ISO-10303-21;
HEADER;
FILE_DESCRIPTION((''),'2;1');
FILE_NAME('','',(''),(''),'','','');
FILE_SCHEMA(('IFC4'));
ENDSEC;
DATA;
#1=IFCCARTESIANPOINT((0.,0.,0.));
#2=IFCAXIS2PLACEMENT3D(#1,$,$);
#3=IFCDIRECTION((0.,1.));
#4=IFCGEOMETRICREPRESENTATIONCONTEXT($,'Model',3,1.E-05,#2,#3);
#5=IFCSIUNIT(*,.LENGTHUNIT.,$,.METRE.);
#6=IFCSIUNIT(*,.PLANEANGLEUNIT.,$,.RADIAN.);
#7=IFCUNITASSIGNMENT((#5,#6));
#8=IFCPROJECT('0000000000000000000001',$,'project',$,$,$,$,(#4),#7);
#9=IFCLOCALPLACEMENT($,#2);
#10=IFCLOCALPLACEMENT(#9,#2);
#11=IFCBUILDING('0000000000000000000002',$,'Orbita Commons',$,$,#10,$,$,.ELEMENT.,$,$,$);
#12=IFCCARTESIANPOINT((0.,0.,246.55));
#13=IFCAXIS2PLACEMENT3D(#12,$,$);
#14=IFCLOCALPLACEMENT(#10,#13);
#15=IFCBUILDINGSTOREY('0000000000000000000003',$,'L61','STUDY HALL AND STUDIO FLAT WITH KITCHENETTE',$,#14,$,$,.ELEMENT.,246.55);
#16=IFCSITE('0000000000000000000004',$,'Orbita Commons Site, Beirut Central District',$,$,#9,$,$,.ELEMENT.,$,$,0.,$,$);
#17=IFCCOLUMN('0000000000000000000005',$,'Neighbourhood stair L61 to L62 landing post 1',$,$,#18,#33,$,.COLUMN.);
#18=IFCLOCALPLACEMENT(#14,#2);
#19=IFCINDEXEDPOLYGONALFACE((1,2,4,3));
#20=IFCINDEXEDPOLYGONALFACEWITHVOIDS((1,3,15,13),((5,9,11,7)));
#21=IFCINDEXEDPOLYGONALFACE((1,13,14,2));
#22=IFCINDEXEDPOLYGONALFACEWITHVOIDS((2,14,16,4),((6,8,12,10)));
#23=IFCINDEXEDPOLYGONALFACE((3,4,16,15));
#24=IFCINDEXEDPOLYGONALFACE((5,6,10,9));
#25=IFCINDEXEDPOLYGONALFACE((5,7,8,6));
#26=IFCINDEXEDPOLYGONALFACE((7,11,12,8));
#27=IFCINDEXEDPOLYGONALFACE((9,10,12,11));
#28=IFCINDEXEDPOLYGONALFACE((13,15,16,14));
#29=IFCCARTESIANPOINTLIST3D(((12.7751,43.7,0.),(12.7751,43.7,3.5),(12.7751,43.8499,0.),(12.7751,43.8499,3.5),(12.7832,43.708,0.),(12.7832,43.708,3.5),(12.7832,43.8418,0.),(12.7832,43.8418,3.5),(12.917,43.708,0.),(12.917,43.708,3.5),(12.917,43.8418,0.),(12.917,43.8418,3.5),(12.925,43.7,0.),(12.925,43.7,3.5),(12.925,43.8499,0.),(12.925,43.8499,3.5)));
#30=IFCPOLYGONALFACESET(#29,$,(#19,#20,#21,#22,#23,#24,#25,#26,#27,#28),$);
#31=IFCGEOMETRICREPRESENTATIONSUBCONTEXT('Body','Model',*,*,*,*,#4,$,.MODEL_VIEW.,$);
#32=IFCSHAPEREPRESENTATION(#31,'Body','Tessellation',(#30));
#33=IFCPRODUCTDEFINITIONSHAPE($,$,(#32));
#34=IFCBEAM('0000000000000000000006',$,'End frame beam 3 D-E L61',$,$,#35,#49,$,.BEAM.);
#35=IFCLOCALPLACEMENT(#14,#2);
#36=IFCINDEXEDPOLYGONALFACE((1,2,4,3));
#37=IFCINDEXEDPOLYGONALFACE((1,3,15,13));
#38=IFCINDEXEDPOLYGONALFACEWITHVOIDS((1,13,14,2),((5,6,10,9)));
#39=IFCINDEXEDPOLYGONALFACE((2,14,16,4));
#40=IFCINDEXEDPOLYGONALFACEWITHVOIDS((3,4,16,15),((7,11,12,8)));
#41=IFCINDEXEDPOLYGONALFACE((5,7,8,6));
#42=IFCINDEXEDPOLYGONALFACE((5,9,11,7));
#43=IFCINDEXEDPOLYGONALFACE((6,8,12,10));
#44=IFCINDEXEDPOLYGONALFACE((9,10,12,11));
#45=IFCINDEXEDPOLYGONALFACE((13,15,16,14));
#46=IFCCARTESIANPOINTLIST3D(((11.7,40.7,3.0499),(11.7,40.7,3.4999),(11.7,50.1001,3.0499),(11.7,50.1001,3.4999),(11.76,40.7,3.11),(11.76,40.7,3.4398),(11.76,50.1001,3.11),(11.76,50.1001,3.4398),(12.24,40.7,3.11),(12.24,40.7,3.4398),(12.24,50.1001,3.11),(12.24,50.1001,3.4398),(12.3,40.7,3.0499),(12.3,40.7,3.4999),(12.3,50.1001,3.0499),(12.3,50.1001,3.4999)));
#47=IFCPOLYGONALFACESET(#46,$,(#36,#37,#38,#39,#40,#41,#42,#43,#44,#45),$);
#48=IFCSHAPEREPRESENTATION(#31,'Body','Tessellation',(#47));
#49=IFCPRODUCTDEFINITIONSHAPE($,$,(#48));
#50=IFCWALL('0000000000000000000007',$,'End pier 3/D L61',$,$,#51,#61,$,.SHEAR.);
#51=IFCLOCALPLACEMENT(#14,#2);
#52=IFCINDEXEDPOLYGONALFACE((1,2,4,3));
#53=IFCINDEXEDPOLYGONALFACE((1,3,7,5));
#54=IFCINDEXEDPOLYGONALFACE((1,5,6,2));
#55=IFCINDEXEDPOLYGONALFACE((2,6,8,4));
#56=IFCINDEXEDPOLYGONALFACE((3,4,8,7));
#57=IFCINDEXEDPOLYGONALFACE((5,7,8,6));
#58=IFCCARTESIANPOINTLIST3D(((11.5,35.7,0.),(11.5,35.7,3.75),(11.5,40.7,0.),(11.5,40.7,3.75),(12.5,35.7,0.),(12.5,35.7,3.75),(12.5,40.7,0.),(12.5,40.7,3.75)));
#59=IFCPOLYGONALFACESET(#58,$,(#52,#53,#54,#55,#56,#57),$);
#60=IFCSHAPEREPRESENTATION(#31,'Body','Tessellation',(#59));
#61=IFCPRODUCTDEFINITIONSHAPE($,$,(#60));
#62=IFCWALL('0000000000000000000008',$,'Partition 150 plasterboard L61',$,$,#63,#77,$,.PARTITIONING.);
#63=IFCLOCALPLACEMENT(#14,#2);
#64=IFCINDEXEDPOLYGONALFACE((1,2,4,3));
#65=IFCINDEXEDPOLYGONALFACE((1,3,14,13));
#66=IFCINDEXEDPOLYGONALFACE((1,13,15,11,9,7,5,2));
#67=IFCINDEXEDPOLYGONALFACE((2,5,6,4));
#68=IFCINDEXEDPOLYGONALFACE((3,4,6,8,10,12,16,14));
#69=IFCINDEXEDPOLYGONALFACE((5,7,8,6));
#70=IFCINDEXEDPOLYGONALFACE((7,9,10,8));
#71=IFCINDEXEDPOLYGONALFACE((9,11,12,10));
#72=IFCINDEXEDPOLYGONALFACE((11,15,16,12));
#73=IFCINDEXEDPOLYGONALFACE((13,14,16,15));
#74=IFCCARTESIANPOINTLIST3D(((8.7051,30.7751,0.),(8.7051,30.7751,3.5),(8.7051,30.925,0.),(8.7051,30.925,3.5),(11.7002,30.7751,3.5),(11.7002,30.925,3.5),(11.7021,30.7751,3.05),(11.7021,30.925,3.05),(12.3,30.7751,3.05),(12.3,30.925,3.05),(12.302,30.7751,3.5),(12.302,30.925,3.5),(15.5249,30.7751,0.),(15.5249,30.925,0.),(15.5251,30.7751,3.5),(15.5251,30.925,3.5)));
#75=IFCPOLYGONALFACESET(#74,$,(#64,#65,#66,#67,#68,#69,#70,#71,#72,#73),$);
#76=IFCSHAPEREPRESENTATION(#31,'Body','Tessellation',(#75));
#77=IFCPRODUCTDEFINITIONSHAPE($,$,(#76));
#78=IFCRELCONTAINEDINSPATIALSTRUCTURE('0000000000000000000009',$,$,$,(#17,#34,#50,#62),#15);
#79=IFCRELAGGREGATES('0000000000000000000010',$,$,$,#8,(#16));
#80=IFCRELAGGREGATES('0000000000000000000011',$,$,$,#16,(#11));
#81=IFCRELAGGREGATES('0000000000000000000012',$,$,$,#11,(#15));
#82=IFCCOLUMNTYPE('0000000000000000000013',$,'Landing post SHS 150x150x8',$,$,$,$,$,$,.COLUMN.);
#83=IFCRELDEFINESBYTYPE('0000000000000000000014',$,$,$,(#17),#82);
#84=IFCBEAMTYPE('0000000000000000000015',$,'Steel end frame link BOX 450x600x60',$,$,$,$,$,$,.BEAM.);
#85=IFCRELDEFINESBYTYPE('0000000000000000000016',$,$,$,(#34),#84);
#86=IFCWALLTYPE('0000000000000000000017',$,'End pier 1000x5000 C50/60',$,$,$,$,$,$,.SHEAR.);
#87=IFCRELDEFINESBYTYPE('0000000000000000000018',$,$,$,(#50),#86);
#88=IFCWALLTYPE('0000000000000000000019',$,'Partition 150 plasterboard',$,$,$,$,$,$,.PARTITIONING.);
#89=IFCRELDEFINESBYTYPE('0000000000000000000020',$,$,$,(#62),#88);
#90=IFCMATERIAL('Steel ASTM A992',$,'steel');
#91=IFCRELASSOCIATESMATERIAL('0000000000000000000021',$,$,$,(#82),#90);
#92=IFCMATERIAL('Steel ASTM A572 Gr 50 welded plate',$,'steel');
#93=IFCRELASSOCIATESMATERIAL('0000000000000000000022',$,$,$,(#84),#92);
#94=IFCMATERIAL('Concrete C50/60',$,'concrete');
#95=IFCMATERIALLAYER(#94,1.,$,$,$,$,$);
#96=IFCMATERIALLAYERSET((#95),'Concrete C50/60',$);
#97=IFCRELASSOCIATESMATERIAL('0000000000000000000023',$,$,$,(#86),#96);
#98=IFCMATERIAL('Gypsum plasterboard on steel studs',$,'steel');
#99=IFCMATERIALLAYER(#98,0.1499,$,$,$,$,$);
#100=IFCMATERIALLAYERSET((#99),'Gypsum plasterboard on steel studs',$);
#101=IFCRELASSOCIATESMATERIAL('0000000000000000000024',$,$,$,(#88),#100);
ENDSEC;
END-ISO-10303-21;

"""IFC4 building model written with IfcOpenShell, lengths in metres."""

from ifc_helpers import new_model, si_unit, direction, frame, frame_2d, origin, origin_2d, place, context, subcontext, project, spatial, polyline, rectangle, hollow_rectangle, outline, extrude, material, layer, layer_set, material_profile, profile_set, type_object, element, save


model = new_model("IFC4")

# Units and contexts
model_context = context("Model", 3, precision=1e-05, world=origin(), true_north=direction((0.0, 1.0)))
body_context = subcontext(model_context, "Body", "Model", "MODEL_VIEW")
ifc_project = project(units=[si_unit("LENGTHUNIT", "METRE"), si_unit("PLANEANGLEUNIT", "RADIAN")], contexts=[model_context])

# Site, building, storey
site_placement = place(None, origin())
site = spatial("IfcSite", under=ifc_project, at=site_placement, Name="Orbita Commons Site, Beirut Central District", CompositionType="ELEMENT", RefElevation=0.0)
building_placement = place(site_placement, origin())
building = spatial("IfcBuilding", under=site, at=building_placement, Name="Orbita Commons", CompositionType="ELEMENT")
storey_placement = place(building_placement, frame((0.0, 0.0, 246.55)))
storey = spatial("IfcBuildingStorey", under=building, at=storey_placement, Name="L61", Description="STUDY HALL AND STUDIO FLAT WITH KITCHENETTE", CompositionType="ELEMENT", Elevation=246.55)

# Column
ifc_material_1 = material(Name="Steel ASTM A992", Category="steel")
ifc_material_profile_1 = material_profile(ifc_material_1, hollow_rectangle(XDim=0.1499, YDim=0.1499, WallThickness=0.0081, at=origin_2d()), Name="SHS 150x150x8")
ifc_profile_set_1 = profile_set([ifc_material_profile_1], Name="Steel ASTM A992")
column_type = type_object("IfcColumnType", Name="Landing post SHS 150x150x8", PredefinedType="COLUMN", material=ifc_profile_set_1)
column_placement = place(storey_placement, frame((12.8501, 43.7749, 0.0), z_axis=(0.0, 0.0, 1.0), x_axis=(1.0, 0.0, 0.0)))
element("IfcColumn", 1, at=column_placement, inside=storey, type_object=column_type, Name="Neighbourhood stair L61 to L62 landing post 1", PredefinedType="COLUMN", context=body_context, shape_type="SweptSolid", body=[
    extrude(hollow_rectangle(XDim=0.1499, YDim=0.1499, WallThickness=0.0081, at=origin_2d()), origin(), (0.0, 0.0, 1.0), 3.5),
])

# Beam
ifc_material_2 = material(Name="Steel ASTM A572 Gr 50 welded plate", Category="steel")
ifc_material_profile_2 = material_profile(ifc_material_2, hollow_rectangle(XDim=0.6001, YDim=0.45, WallThickness=0.0601, at=origin_2d()), Name="BOX 450x600x60")
ifc_profile_set_2 = profile_set([ifc_material_profile_2], Name="Steel ASTM A572 Gr 50 welded plate")
beam_type = type_object("IfcBeamType", Name="Steel end frame link BOX 450x600x60", PredefinedType="BEAM", material=ifc_profile_set_2)
beam_placement = place(storey_placement, frame((12.0, 40.7, 3.2749), z_axis=(0.0, 1.0, 0.0), x_axis=(-1.0, 0.0, 0.0)))
element("IfcBeam", 2, at=beam_placement, inside=storey, type_object=beam_type, Name="End frame beam 3 D-E L61", PredefinedType="BEAM", context=body_context, shape_type="SweptSolid", body=[
    extrude(hollow_rectangle(XDim=0.6001, YDim=0.45, WallThickness=0.0601, at=origin_2d()), origin(), (0.0, 0.0, 1.0), 9.4001),
])

# Walls
ifc_material_3 = material(Name="Concrete C50/60", Category="concrete")
ifc_layer_1 = layer(ifc_material_3, 1.0)
ifc_layer_set_1 = layer_set([ifc_layer_1], Name="Concrete C50/60")
wall_type_1 = type_object("IfcWallType", Name="End pier 1000x5000 C50/60", PredefinedType="SHEAR", material=ifc_layer_set_1)
wall_1_placement = place(storey_placement, frame((12.0, 35.7, 0.0), z_axis=(0.0, 0.0, 1.0), x_axis=(0.0, 1.0, 0.0)))
element("IfcWall", 3, at=wall_1_placement, inside=storey, type_object=wall_type_1, Name="End pier 3/D L61", PredefinedType="SHEAR", context=body_context, shape_type="SweptSolid", body=[
    extrude(rectangle(XDim=5.0, YDim=1.0, at=frame_2d((2.5, 0.0))), origin(), (0.0, 0.0, 1.0), 3.75),
])
ifc_material_4 = material(Name="Gypsum plasterboard on steel studs", Category="steel")
ifc_layer_2 = layer(ifc_material_4, 0.1499)
ifc_layer_set_2 = layer_set([ifc_layer_2], Name="Gypsum plasterboard on steel studs")
wall_type_2 = type_object("IfcWallType", Name="Partition 150 plasterboard", PredefinedType="PARTITIONING", material=ifc_layer_set_2)
wall_2_placement = place(storey_placement, frame((8.7051, 30.8501, 0.0), z_axis=(0.0, 0.0, 1.0), x_axis=(1.0, 0.0, 0.0)))
element("IfcWall", 4, at=wall_2_placement, inside=storey, type_object=wall_type_2, Name="Partition 150 plasterboard L61", PredefinedType="PARTITIONING", context=body_context, shape_type="SweptSolid", body=[
    extrude(outline(polyline([(0.0, 0.0), (6.8198, 0.0), (6.8201, 3.5), (3.5969, 3.5), (3.595, 3.05), (2.9971, 3.05), (2.9951, 3.5), (0.0, 3.5), (0.0, 0.0)])), frame((0.0, 0.075, 0.0), z_axis=(0.0, -1.0, 0.0), x_axis=(1.0, 0.0, 0.0)), (0.0, 0.0, 1.0), 0.1499),
])

save(model, "model.ifc")
